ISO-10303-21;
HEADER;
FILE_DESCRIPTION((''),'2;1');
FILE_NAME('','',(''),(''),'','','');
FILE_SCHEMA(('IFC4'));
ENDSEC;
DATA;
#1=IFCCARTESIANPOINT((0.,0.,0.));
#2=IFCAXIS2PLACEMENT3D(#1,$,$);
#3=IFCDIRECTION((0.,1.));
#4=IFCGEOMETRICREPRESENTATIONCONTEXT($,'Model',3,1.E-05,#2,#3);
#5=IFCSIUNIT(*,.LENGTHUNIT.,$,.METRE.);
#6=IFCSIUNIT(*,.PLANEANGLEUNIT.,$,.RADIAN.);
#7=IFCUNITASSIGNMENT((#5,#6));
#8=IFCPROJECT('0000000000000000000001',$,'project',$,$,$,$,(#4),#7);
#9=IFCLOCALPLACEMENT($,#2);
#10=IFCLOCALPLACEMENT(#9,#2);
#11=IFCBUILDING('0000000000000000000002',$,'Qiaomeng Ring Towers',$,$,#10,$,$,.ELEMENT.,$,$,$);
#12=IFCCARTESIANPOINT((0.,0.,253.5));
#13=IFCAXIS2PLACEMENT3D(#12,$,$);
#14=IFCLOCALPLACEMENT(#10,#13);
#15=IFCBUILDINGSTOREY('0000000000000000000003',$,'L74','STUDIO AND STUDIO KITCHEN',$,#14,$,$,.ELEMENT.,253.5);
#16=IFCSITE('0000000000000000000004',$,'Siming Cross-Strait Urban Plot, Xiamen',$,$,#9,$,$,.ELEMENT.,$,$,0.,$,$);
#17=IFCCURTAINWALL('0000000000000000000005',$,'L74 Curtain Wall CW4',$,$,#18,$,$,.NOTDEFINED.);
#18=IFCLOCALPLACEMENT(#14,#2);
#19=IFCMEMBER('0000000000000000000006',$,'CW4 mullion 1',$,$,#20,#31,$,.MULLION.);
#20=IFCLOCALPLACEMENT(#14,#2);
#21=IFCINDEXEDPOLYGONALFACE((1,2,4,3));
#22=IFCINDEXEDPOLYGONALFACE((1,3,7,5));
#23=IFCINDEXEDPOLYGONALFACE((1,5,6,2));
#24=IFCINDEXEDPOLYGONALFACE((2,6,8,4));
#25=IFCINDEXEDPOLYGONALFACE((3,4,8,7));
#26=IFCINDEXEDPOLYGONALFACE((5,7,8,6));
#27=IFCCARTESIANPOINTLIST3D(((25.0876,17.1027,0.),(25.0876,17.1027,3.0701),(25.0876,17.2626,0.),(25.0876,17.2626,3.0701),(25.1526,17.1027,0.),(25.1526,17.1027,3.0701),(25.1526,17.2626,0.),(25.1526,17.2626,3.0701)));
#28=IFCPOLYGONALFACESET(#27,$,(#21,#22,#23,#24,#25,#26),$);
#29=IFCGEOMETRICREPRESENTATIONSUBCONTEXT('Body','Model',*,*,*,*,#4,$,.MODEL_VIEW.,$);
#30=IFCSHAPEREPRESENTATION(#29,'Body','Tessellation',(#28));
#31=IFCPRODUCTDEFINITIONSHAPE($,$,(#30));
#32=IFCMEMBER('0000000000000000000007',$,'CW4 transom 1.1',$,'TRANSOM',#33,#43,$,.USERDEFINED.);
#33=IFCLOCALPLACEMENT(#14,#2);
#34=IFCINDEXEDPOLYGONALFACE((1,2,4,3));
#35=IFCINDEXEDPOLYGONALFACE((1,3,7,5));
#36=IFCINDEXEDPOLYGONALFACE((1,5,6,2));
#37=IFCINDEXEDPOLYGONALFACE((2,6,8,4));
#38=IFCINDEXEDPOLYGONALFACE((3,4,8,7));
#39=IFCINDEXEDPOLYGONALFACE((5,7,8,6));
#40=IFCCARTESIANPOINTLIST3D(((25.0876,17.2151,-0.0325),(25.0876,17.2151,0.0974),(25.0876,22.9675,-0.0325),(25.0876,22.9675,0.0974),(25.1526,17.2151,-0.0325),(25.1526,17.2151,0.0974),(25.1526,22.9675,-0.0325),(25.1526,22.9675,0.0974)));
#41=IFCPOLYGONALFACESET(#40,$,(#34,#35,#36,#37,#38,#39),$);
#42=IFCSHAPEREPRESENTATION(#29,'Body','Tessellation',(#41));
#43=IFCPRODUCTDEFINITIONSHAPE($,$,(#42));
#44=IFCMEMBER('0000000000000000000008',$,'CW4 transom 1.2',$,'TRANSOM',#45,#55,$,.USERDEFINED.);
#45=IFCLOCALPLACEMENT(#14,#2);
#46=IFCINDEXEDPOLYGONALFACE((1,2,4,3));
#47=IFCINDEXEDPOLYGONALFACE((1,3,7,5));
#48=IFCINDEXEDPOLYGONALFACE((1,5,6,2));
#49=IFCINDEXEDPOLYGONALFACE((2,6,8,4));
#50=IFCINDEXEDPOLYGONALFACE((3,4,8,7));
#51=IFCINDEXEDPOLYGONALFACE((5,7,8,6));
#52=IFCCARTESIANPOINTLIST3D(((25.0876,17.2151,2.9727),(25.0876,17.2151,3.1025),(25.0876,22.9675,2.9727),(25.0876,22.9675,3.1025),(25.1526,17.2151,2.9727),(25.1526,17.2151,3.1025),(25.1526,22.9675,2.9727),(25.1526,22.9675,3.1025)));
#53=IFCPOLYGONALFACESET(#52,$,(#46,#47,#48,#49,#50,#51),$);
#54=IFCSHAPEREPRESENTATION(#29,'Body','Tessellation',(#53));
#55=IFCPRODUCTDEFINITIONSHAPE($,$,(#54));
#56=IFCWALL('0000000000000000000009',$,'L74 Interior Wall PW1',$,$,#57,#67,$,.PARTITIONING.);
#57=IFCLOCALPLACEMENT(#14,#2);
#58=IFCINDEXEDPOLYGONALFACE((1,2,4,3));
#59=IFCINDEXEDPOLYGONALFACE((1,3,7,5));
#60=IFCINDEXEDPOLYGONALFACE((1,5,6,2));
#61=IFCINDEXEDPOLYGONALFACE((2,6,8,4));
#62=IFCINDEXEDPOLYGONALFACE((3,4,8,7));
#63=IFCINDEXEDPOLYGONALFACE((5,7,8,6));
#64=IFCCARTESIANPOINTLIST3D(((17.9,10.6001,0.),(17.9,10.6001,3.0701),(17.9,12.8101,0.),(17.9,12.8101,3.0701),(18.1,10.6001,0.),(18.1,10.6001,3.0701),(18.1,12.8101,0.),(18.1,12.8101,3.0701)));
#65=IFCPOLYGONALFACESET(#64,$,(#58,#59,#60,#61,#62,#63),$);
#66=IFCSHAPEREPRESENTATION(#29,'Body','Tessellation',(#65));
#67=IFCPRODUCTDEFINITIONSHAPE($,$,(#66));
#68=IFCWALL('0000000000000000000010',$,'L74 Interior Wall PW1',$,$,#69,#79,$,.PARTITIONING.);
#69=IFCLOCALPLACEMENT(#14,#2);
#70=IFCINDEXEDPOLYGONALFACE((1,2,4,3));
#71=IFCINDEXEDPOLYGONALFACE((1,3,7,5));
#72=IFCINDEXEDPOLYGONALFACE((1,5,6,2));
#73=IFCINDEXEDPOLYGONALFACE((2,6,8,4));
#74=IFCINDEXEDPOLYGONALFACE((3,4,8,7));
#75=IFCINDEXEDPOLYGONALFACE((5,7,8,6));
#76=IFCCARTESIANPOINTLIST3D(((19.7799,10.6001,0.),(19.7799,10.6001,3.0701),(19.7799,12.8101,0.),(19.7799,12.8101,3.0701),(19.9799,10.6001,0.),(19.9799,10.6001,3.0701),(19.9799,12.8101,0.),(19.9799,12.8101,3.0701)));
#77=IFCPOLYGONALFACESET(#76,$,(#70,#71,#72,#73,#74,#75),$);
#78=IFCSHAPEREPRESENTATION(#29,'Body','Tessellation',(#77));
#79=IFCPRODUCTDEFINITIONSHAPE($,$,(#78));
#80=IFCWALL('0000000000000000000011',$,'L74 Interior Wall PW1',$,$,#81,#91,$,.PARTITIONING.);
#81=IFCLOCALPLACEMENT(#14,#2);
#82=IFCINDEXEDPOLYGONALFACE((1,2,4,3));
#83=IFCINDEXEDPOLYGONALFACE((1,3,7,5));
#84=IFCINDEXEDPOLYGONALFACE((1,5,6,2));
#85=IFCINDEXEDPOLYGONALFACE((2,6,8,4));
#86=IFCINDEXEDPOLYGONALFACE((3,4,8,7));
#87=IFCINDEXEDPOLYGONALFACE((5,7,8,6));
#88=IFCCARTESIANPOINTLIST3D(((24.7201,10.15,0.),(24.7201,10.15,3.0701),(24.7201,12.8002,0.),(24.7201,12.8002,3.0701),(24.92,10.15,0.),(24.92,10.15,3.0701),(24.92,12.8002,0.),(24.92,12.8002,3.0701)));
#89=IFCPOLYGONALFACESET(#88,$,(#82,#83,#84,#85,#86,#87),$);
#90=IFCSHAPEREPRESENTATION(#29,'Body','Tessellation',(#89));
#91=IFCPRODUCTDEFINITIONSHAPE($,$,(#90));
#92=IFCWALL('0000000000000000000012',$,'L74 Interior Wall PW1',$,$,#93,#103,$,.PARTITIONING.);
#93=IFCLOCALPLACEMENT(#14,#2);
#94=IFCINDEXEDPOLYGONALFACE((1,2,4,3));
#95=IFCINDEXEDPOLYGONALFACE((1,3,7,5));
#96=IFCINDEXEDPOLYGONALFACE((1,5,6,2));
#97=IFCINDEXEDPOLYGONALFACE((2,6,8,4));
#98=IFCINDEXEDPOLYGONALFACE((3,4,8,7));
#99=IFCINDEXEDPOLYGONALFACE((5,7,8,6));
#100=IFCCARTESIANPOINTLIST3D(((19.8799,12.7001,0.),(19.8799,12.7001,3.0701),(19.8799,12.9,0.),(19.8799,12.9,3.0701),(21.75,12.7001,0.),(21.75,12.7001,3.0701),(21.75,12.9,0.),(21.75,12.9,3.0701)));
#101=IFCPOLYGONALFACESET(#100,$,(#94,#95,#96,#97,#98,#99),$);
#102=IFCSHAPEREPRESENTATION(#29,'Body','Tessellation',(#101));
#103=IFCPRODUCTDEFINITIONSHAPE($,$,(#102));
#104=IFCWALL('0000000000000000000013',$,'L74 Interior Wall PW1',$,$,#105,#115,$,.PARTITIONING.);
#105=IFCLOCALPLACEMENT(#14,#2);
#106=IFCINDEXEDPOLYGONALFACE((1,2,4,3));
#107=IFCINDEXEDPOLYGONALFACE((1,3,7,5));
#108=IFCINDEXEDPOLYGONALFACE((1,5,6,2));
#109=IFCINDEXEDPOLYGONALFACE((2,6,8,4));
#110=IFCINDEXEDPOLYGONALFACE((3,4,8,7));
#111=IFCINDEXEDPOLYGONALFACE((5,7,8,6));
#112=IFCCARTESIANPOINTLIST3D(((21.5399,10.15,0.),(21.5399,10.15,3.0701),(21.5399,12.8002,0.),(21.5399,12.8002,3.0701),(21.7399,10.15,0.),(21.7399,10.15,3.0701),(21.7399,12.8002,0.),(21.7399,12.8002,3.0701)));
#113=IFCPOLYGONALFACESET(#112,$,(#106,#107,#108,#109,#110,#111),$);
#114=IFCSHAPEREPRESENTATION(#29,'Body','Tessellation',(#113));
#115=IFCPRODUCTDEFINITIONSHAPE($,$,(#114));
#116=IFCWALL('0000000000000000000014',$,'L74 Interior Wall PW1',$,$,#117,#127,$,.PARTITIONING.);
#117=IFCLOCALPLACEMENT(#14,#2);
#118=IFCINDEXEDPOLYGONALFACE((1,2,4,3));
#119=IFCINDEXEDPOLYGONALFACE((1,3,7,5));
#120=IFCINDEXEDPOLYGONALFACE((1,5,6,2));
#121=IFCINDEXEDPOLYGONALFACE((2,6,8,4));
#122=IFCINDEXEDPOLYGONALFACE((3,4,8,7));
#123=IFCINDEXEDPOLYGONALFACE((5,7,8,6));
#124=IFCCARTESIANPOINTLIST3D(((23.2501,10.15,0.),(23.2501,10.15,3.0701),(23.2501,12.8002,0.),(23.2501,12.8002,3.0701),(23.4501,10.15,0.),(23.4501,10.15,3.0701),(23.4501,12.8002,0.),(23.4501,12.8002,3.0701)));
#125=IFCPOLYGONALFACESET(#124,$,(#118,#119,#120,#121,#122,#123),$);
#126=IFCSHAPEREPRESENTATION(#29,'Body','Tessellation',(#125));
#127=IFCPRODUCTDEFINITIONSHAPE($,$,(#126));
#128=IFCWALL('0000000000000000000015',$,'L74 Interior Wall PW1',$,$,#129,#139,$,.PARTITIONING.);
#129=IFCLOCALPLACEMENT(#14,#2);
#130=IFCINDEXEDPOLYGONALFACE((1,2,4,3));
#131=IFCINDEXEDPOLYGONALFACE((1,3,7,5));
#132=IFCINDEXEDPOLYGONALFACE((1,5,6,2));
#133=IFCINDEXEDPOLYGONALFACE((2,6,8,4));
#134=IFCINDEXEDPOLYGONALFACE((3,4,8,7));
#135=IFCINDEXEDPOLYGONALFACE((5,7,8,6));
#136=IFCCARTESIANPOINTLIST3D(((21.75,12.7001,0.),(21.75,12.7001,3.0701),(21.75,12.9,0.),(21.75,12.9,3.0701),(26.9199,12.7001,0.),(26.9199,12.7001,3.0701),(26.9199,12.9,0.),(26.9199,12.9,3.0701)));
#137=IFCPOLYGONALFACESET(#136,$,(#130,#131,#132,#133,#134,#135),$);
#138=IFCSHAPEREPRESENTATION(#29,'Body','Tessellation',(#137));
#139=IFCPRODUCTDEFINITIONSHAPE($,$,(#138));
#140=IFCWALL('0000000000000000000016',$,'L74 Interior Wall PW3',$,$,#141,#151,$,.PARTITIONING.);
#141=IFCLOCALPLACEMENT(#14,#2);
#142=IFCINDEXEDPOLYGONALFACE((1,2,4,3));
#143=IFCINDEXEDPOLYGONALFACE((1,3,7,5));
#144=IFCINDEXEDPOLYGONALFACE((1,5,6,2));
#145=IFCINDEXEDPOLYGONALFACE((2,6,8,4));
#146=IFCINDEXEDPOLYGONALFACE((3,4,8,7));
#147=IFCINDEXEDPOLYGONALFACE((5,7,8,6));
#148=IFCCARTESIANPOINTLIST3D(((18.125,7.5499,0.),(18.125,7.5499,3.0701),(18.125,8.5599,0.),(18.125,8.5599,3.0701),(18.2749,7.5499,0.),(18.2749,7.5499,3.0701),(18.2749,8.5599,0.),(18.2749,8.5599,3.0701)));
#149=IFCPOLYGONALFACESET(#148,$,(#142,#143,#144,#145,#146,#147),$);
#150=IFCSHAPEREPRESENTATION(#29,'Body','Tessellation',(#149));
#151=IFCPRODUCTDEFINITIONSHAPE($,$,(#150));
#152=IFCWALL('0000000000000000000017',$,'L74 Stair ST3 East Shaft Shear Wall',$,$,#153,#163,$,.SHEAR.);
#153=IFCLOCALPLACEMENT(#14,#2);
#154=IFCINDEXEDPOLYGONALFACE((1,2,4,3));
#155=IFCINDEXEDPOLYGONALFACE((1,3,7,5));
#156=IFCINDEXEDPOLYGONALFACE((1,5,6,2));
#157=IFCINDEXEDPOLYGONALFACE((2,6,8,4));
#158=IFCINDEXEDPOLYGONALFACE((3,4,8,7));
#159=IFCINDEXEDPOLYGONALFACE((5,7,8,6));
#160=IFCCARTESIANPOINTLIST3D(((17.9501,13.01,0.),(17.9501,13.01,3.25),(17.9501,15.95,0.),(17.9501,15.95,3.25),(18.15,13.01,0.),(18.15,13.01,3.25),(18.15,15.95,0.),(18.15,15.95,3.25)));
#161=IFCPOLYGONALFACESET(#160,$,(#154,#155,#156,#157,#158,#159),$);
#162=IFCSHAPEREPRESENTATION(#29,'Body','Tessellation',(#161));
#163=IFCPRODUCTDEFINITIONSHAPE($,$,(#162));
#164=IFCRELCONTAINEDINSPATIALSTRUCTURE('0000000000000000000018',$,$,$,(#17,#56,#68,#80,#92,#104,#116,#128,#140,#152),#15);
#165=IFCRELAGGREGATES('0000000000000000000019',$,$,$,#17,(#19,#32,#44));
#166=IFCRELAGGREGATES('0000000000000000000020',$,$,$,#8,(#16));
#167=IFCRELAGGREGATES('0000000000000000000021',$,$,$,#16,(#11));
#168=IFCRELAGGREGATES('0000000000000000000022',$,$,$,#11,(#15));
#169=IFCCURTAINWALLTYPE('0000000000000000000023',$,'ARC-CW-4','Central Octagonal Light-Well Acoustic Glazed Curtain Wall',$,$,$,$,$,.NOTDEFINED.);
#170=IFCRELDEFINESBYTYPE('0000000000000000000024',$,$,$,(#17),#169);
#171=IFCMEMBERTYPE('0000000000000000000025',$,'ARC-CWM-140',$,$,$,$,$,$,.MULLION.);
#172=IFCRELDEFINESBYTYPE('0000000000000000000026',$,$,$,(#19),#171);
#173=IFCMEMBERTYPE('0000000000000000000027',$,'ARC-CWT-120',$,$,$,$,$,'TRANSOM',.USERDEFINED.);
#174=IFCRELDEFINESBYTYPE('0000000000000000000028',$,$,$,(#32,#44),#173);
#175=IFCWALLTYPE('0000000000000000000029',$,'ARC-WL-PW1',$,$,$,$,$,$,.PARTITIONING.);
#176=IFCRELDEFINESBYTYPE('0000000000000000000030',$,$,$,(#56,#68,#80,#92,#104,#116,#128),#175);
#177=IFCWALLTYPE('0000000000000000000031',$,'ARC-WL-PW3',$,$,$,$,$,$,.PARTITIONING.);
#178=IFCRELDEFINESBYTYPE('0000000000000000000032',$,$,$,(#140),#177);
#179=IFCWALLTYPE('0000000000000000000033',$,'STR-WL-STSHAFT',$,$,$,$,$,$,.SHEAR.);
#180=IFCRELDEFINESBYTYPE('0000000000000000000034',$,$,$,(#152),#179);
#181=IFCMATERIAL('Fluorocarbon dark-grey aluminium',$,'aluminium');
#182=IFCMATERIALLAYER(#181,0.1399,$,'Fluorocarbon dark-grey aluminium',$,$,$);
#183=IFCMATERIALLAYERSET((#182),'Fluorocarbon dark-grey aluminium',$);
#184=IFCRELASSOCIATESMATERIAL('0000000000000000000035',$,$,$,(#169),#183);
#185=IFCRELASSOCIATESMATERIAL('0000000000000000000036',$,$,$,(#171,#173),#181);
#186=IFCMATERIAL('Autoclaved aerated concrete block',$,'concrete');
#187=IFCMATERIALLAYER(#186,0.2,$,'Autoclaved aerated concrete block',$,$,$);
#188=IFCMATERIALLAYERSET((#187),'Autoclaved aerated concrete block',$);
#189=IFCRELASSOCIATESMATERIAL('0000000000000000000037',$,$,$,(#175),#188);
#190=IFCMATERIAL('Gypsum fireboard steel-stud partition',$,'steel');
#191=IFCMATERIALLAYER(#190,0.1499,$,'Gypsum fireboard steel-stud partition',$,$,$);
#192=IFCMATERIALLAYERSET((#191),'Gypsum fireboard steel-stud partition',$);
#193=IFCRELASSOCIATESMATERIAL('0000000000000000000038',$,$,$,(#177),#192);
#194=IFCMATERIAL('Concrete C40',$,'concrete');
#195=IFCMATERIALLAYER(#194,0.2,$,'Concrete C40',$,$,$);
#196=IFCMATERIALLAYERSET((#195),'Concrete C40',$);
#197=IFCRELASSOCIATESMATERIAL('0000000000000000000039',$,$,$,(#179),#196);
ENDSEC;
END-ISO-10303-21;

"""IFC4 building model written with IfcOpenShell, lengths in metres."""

from ifc_helpers import new_model, si_unit, direction, frame, frame_2d, origin, origin_2d, place, context, subcontext, project, spatial, rectangle, extrude, source, transform, mapped, material, layer, layer_set, material_profile, profile_set, type_object, element, aggregate, save


model = new_model("IFC4")

# Units and contexts
model_context = context("Model", 3, precision=1e-05, world=origin(), true_north=direction((0.0, 1.0)))
body_context = subcontext(model_context, "Body", "Model", "MODEL_VIEW")
ifc_project = project(units=[si_unit("LENGTHUNIT", "METRE"), si_unit("PLANEANGLEUNIT", "RADIAN")], contexts=[model_context])

# Site, building, storey
site_placement = place(None, origin())
site = spatial("IfcSite", under=ifc_project, at=site_placement, Name="Siming Cross-Strait Urban Plot, Xiamen", CompositionType="ELEMENT", RefElevation=0.0)
building_placement = place(site_placement, origin())
building = spatial("IfcBuilding", under=site, at=building_placement, Name="Qiaomeng Ring Towers", CompositionType="ELEMENT")
storey_placement = place(building_placement, frame((0.0, 0.0, 253.5)))
storey = spatial("IfcBuildingStorey", under=building, at=storey_placement, Name="L74", Description="STUDIO AND STUDIO KITCHEN", CompositionType="ELEMENT", Elevation=253.5)

# Curtain wall, members
ifc_material_1 = material(Name="Fluorocarbon dark-grey aluminium", Category="aluminium")
ifc_layer_1 = layer(ifc_material_1, 0.1399, Name="Fluorocarbon dark-grey aluminium")
ifc_layer_set_1 = layer_set([ifc_layer_1], Name="Fluorocarbon dark-grey aluminium")
curtain_wall_type = type_object("IfcCurtainWallType", Name="ARC-CW-4", Description="Central Octagonal Light-Well Acoustic Glazed Curtain Wall", PredefinedType="NOTDEFINED", material=ifc_layer_set_1)
curtain_wall_placement = place(storey_placement, origin())
curtain_wall = element("IfcCurtainWall", 1, at=curtain_wall_placement, inside=storey, type_object=curtain_wall_type, Name="L74 Curtain Wall CW4", PredefinedType="NOTDEFINED")
ifc_material_profile_1 = material_profile(ifc_material_1, rectangle(XDim=0.0649, YDim=0.1599, at=origin_2d()), Name="ALU MULL 65x160")
ifc_profile_set_1 = profile_set([ifc_material_profile_1], Name="Fluorocarbon dark-grey aluminium")
member_type_1 = type_object("IfcMemberType", Name="ARC-CWM-140", PredefinedType="MULLION", material=ifc_profile_set_1)
shared_shape_1 = source(origin(), body_context, "Body", "SweptSolid", [
    extrude(rectangle(XDim=0.0649, YDim=0.1599, at=origin_2d()), origin(), (0.0, 0.0, 1.0), 3.0701),
])
member_1_placement = place(storey_placement, frame((25.1201, 17.1826, 0.0), z_axis=(0.0, 0.0, 1.0), x_axis=(-1.0, 0.0, 0.0)))
member_1 = element("IfcMember", 2, at=member_1_placement, type_object=member_type_1, Name="CW4 mullion 1", PredefinedType="MULLION", context=body_context, shape_type="MappedRepresentation", body=[
    mapped(shared_shape_1, transform((0.0, 0.0, 0.0), x_axis=(1.0, 0.0, 0.0), y_axis=(0.0, 1.0, 0.0), z_axis=(0.0, 0.0, 1.0), scale=1.0)),
])
ifc_material_profile_2 = material_profile(ifc_material_1, rectangle(XDim=0.0649, YDim=0.1299, at=origin_2d()), Name="ALU TRAN 65x130")
ifc_profile_set_2 = profile_set([ifc_material_profile_2], Name="Fluorocarbon dark-grey aluminium")
member_type_2 = type_object("IfcMemberType", Name="ARC-CWT-120", ElementType="TRANSOM", PredefinedType="USERDEFINED", material=ifc_profile_set_2)
shared_shape_2 = source(origin(), body_context, "Body", "SweptSolid", [
    extrude(rectangle(XDim=0.0649, YDim=0.1299, at=origin_2d()), origin(), (0.0, 0.0, 1.0), 5.7524),
])
member_2_placement = place(storey_placement, frame((25.1201, 17.2151, 0.0325), z_axis=(0.0, 1.0, 0.0), x_axis=(-1.0, 0.0, 0.0)))
member_2 = element("IfcMember", 3, at=member_2_placement, type_object=member_type_2, Name="CW4 transom 1.1", ObjectType="TRANSOM", PredefinedType="USERDEFINED", context=body_context, shape_type="MappedRepresentation", body=[
    mapped(shared_shape_2, transform((0.0, 0.0, 0.0), x_axis=(1.0, 0.0, 0.0), y_axis=(0.0, 1.0, 0.0), z_axis=(0.0, 0.0, 1.0), scale=1.0)),
])
member_3_placement = place(storey_placement, frame((25.1201, 17.2151, 3.0376), z_axis=(0.0, 1.0, 0.0), x_axis=(-1.0, 0.0, 0.0)))
member_3 = element("IfcMember", 4, at=member_3_placement, type_object=member_type_2, Name="CW4 transom 1.2", ObjectType="TRANSOM", PredefinedType="USERDEFINED", context=body_context, shape_type="MappedRepresentation", body=[
    mapped(shared_shape_2, transform((0.0, 0.0, 0.0), x_axis=(1.0, 0.0, 0.0), y_axis=(0.0, 1.0, 0.0), z_axis=(0.0, 0.0, 1.0), scale=1.0)),
])
aggregate(curtain_wall, [member_1, member_2, member_3])

# Walls
ifc_material_2 = material(Name="Autoclaved aerated concrete block", Category="concrete")
ifc_layer_2 = layer(ifc_material_2, 0.2, Name="Autoclaved aerated concrete block")
ifc_layer_set_2 = layer_set([ifc_layer_2], Name="Autoclaved aerated concrete block")
wall_type_1 = type_object("IfcWallType", Name="ARC-WL-PW1", PredefinedType="PARTITIONING", material=ifc_layer_set_2)
for number, where, z_axis, x_axis, name in (
    (5, (18.0, 10.6001, 0.0), (0.0, 0.0, 1.0), (0.0, 1.0, 0.0), "L74 Interior Wall PW1"),
    (6, (19.8799, 10.6001, 0.0), (0.0, 0.0, 1.0), (0.0, 1.0, 0.0), "L74 Interior Wall PW1"),
):
    element("IfcWall", number, at=place(storey_placement, frame(where, z_axis=z_axis, x_axis=x_axis)), inside=storey, type_object=wall_type_1, Name=name, PredefinedType="PARTITIONING", context=body_context, shape_type="SweptSolid", body=[
        extrude(rectangle(XDim=2.21, YDim=0.2, at=frame_2d((1.105, 0.0))), origin(), (0.0, 0.0, 1.0), 3.0701),
    ])
wall_1_placement = place(storey_placement, frame((24.8201, 10.1499, 0.0), z_axis=(0.0, 0.0, 1.0), x_axis=(0.0, 1.0, 0.0)))
element("IfcWall", 7, at=wall_1_placement, inside=storey, type_object=wall_type_1, Name="L74 Interior Wall PW1", PredefinedType="PARTITIONING", context=body_context, shape_type="SweptSolid", body=[
    extrude(rectangle(XDim=2.6501, YDim=0.2, at=frame_2d((1.3252, 0.0))), origin(), (0.0, 0.0, 1.0), 3.0701),
])
wall_2_placement = place(storey_placement, frame((19.8799, 12.8, 0.0), z_axis=(0.0, 0.0, 1.0), x_axis=(1.0, 0.0, 0.0)))
element("IfcWall", 8, at=wall_2_placement, inside=storey, type_object=wall_type_1, Name="L74 Interior Wall PW1", PredefinedType="PARTITIONING", context=body_context, shape_type="SweptSolid", body=[
    extrude(rectangle(XDim=1.8701, YDim=0.2, at=frame_2d((0.9351, 0.0))), origin(), (0.0, 0.0, 1.0), 3.0701),
])
for number, where, z_axis, x_axis, name in (
    (9, (21.6399, 10.1499, 0.0), (0.0, 0.0, 1.0), (0.0, 1.0, 0.0), "L74 Interior Wall PW1"),
    (10, (23.3501, 10.1499, 0.0), (0.0, 0.0, 1.0), (0.0, 1.0, 0.0), "L74 Interior Wall PW1"),
):
    element("IfcWall", number, at=place(storey_placement, frame(where, z_axis=z_axis, x_axis=x_axis)), inside=storey, type_object=wall_type_1, Name=name, PredefinedType="PARTITIONING", context=body_context, shape_type="SweptSolid", body=[
        extrude(rectangle(XDim=2.6501, YDim=0.2, at=frame_2d((1.3252, 0.0))), origin(), (0.0, 0.0, 1.0), 3.0701),
    ])
wall_3_placement = place(storey_placement, frame((21.75, 12.8, 0.0), z_axis=(0.0, 0.0, 1.0), x_axis=(1.0, 0.0, 0.0)))
element("IfcWall", 11, at=wall_3_placement, inside=storey, type_object=wall_type_1, Name="L74 Interior Wall PW1", PredefinedType="PARTITIONING", context=body_context, shape_type="SweptSolid", body=[
    extrude(rectangle(XDim=5.1699, YDim=0.2, at=frame_2d((2.585, 0.0))), origin(), (0.0, 0.0, 1.0), 3.0701),
])
ifc_material_3 = material(Name="Gypsum fireboard steel-stud partition", Category="steel")
ifc_layer_3 = layer(ifc_material_3, 0.1499, Name="Gypsum fireboard steel-stud partition")
ifc_layer_set_3 = layer_set([ifc_layer_3], Name="Gypsum fireboard steel-stud partition")
wall_type_2 = type_object("IfcWallType", Name="ARC-WL-PW3", PredefinedType="PARTITIONING", material=ifc_layer_set_3)
wall_4_placement = place(storey_placement, frame((18.2, 7.55, 0.0), z_axis=(0.0, 0.0, 1.0), x_axis=(0.0, 1.0, 0.0)))
element("IfcWall", 12, at=wall_4_placement, inside=storey, type_object=wall_type_2, Name="L74 Interior Wall PW3", PredefinedType="PARTITIONING", context=body_context, shape_type="SweptSolid", body=[
    extrude(rectangle(XDim=1.01, YDim=0.1499, at=frame_2d((0.5049, 0.0))), origin(), (0.0, 0.0, 1.0), 3.0701),
])
ifc_material_4 = material(Name="Concrete C40", Category="concrete")
ifc_layer_4 = layer(ifc_material_4, 0.2, Name="Concrete C40")
ifc_layer_set_4 = layer_set([ifc_layer_4], Name="Concrete C40")
wall_type_3 = type_object("IfcWallType", Name="STR-WL-STSHAFT", PredefinedType="SHEAR", material=ifc_layer_set_4)
wall_5_placement = place(storey_placement, frame((18.05, 13.01, 0.0), z_axis=(0.0, 0.0, 1.0), x_axis=(0.0, 1.0, 0.0)))
element("IfcWall", 13, at=wall_5_placement, inside=storey, type_object=wall_type_3, Name="L74 Stair ST3 East Shaft Shear Wall", PredefinedType="SHEAR", context=body_context, shape_type="SweptSolid", body=[
    extrude(rectangle(XDim=2.9399, YDim=0.2, at=frame_2d((1.47, 0.0))), origin(), (0.0, 0.0, 1.0), 3.25),
])

save(model, "model.ifc")
